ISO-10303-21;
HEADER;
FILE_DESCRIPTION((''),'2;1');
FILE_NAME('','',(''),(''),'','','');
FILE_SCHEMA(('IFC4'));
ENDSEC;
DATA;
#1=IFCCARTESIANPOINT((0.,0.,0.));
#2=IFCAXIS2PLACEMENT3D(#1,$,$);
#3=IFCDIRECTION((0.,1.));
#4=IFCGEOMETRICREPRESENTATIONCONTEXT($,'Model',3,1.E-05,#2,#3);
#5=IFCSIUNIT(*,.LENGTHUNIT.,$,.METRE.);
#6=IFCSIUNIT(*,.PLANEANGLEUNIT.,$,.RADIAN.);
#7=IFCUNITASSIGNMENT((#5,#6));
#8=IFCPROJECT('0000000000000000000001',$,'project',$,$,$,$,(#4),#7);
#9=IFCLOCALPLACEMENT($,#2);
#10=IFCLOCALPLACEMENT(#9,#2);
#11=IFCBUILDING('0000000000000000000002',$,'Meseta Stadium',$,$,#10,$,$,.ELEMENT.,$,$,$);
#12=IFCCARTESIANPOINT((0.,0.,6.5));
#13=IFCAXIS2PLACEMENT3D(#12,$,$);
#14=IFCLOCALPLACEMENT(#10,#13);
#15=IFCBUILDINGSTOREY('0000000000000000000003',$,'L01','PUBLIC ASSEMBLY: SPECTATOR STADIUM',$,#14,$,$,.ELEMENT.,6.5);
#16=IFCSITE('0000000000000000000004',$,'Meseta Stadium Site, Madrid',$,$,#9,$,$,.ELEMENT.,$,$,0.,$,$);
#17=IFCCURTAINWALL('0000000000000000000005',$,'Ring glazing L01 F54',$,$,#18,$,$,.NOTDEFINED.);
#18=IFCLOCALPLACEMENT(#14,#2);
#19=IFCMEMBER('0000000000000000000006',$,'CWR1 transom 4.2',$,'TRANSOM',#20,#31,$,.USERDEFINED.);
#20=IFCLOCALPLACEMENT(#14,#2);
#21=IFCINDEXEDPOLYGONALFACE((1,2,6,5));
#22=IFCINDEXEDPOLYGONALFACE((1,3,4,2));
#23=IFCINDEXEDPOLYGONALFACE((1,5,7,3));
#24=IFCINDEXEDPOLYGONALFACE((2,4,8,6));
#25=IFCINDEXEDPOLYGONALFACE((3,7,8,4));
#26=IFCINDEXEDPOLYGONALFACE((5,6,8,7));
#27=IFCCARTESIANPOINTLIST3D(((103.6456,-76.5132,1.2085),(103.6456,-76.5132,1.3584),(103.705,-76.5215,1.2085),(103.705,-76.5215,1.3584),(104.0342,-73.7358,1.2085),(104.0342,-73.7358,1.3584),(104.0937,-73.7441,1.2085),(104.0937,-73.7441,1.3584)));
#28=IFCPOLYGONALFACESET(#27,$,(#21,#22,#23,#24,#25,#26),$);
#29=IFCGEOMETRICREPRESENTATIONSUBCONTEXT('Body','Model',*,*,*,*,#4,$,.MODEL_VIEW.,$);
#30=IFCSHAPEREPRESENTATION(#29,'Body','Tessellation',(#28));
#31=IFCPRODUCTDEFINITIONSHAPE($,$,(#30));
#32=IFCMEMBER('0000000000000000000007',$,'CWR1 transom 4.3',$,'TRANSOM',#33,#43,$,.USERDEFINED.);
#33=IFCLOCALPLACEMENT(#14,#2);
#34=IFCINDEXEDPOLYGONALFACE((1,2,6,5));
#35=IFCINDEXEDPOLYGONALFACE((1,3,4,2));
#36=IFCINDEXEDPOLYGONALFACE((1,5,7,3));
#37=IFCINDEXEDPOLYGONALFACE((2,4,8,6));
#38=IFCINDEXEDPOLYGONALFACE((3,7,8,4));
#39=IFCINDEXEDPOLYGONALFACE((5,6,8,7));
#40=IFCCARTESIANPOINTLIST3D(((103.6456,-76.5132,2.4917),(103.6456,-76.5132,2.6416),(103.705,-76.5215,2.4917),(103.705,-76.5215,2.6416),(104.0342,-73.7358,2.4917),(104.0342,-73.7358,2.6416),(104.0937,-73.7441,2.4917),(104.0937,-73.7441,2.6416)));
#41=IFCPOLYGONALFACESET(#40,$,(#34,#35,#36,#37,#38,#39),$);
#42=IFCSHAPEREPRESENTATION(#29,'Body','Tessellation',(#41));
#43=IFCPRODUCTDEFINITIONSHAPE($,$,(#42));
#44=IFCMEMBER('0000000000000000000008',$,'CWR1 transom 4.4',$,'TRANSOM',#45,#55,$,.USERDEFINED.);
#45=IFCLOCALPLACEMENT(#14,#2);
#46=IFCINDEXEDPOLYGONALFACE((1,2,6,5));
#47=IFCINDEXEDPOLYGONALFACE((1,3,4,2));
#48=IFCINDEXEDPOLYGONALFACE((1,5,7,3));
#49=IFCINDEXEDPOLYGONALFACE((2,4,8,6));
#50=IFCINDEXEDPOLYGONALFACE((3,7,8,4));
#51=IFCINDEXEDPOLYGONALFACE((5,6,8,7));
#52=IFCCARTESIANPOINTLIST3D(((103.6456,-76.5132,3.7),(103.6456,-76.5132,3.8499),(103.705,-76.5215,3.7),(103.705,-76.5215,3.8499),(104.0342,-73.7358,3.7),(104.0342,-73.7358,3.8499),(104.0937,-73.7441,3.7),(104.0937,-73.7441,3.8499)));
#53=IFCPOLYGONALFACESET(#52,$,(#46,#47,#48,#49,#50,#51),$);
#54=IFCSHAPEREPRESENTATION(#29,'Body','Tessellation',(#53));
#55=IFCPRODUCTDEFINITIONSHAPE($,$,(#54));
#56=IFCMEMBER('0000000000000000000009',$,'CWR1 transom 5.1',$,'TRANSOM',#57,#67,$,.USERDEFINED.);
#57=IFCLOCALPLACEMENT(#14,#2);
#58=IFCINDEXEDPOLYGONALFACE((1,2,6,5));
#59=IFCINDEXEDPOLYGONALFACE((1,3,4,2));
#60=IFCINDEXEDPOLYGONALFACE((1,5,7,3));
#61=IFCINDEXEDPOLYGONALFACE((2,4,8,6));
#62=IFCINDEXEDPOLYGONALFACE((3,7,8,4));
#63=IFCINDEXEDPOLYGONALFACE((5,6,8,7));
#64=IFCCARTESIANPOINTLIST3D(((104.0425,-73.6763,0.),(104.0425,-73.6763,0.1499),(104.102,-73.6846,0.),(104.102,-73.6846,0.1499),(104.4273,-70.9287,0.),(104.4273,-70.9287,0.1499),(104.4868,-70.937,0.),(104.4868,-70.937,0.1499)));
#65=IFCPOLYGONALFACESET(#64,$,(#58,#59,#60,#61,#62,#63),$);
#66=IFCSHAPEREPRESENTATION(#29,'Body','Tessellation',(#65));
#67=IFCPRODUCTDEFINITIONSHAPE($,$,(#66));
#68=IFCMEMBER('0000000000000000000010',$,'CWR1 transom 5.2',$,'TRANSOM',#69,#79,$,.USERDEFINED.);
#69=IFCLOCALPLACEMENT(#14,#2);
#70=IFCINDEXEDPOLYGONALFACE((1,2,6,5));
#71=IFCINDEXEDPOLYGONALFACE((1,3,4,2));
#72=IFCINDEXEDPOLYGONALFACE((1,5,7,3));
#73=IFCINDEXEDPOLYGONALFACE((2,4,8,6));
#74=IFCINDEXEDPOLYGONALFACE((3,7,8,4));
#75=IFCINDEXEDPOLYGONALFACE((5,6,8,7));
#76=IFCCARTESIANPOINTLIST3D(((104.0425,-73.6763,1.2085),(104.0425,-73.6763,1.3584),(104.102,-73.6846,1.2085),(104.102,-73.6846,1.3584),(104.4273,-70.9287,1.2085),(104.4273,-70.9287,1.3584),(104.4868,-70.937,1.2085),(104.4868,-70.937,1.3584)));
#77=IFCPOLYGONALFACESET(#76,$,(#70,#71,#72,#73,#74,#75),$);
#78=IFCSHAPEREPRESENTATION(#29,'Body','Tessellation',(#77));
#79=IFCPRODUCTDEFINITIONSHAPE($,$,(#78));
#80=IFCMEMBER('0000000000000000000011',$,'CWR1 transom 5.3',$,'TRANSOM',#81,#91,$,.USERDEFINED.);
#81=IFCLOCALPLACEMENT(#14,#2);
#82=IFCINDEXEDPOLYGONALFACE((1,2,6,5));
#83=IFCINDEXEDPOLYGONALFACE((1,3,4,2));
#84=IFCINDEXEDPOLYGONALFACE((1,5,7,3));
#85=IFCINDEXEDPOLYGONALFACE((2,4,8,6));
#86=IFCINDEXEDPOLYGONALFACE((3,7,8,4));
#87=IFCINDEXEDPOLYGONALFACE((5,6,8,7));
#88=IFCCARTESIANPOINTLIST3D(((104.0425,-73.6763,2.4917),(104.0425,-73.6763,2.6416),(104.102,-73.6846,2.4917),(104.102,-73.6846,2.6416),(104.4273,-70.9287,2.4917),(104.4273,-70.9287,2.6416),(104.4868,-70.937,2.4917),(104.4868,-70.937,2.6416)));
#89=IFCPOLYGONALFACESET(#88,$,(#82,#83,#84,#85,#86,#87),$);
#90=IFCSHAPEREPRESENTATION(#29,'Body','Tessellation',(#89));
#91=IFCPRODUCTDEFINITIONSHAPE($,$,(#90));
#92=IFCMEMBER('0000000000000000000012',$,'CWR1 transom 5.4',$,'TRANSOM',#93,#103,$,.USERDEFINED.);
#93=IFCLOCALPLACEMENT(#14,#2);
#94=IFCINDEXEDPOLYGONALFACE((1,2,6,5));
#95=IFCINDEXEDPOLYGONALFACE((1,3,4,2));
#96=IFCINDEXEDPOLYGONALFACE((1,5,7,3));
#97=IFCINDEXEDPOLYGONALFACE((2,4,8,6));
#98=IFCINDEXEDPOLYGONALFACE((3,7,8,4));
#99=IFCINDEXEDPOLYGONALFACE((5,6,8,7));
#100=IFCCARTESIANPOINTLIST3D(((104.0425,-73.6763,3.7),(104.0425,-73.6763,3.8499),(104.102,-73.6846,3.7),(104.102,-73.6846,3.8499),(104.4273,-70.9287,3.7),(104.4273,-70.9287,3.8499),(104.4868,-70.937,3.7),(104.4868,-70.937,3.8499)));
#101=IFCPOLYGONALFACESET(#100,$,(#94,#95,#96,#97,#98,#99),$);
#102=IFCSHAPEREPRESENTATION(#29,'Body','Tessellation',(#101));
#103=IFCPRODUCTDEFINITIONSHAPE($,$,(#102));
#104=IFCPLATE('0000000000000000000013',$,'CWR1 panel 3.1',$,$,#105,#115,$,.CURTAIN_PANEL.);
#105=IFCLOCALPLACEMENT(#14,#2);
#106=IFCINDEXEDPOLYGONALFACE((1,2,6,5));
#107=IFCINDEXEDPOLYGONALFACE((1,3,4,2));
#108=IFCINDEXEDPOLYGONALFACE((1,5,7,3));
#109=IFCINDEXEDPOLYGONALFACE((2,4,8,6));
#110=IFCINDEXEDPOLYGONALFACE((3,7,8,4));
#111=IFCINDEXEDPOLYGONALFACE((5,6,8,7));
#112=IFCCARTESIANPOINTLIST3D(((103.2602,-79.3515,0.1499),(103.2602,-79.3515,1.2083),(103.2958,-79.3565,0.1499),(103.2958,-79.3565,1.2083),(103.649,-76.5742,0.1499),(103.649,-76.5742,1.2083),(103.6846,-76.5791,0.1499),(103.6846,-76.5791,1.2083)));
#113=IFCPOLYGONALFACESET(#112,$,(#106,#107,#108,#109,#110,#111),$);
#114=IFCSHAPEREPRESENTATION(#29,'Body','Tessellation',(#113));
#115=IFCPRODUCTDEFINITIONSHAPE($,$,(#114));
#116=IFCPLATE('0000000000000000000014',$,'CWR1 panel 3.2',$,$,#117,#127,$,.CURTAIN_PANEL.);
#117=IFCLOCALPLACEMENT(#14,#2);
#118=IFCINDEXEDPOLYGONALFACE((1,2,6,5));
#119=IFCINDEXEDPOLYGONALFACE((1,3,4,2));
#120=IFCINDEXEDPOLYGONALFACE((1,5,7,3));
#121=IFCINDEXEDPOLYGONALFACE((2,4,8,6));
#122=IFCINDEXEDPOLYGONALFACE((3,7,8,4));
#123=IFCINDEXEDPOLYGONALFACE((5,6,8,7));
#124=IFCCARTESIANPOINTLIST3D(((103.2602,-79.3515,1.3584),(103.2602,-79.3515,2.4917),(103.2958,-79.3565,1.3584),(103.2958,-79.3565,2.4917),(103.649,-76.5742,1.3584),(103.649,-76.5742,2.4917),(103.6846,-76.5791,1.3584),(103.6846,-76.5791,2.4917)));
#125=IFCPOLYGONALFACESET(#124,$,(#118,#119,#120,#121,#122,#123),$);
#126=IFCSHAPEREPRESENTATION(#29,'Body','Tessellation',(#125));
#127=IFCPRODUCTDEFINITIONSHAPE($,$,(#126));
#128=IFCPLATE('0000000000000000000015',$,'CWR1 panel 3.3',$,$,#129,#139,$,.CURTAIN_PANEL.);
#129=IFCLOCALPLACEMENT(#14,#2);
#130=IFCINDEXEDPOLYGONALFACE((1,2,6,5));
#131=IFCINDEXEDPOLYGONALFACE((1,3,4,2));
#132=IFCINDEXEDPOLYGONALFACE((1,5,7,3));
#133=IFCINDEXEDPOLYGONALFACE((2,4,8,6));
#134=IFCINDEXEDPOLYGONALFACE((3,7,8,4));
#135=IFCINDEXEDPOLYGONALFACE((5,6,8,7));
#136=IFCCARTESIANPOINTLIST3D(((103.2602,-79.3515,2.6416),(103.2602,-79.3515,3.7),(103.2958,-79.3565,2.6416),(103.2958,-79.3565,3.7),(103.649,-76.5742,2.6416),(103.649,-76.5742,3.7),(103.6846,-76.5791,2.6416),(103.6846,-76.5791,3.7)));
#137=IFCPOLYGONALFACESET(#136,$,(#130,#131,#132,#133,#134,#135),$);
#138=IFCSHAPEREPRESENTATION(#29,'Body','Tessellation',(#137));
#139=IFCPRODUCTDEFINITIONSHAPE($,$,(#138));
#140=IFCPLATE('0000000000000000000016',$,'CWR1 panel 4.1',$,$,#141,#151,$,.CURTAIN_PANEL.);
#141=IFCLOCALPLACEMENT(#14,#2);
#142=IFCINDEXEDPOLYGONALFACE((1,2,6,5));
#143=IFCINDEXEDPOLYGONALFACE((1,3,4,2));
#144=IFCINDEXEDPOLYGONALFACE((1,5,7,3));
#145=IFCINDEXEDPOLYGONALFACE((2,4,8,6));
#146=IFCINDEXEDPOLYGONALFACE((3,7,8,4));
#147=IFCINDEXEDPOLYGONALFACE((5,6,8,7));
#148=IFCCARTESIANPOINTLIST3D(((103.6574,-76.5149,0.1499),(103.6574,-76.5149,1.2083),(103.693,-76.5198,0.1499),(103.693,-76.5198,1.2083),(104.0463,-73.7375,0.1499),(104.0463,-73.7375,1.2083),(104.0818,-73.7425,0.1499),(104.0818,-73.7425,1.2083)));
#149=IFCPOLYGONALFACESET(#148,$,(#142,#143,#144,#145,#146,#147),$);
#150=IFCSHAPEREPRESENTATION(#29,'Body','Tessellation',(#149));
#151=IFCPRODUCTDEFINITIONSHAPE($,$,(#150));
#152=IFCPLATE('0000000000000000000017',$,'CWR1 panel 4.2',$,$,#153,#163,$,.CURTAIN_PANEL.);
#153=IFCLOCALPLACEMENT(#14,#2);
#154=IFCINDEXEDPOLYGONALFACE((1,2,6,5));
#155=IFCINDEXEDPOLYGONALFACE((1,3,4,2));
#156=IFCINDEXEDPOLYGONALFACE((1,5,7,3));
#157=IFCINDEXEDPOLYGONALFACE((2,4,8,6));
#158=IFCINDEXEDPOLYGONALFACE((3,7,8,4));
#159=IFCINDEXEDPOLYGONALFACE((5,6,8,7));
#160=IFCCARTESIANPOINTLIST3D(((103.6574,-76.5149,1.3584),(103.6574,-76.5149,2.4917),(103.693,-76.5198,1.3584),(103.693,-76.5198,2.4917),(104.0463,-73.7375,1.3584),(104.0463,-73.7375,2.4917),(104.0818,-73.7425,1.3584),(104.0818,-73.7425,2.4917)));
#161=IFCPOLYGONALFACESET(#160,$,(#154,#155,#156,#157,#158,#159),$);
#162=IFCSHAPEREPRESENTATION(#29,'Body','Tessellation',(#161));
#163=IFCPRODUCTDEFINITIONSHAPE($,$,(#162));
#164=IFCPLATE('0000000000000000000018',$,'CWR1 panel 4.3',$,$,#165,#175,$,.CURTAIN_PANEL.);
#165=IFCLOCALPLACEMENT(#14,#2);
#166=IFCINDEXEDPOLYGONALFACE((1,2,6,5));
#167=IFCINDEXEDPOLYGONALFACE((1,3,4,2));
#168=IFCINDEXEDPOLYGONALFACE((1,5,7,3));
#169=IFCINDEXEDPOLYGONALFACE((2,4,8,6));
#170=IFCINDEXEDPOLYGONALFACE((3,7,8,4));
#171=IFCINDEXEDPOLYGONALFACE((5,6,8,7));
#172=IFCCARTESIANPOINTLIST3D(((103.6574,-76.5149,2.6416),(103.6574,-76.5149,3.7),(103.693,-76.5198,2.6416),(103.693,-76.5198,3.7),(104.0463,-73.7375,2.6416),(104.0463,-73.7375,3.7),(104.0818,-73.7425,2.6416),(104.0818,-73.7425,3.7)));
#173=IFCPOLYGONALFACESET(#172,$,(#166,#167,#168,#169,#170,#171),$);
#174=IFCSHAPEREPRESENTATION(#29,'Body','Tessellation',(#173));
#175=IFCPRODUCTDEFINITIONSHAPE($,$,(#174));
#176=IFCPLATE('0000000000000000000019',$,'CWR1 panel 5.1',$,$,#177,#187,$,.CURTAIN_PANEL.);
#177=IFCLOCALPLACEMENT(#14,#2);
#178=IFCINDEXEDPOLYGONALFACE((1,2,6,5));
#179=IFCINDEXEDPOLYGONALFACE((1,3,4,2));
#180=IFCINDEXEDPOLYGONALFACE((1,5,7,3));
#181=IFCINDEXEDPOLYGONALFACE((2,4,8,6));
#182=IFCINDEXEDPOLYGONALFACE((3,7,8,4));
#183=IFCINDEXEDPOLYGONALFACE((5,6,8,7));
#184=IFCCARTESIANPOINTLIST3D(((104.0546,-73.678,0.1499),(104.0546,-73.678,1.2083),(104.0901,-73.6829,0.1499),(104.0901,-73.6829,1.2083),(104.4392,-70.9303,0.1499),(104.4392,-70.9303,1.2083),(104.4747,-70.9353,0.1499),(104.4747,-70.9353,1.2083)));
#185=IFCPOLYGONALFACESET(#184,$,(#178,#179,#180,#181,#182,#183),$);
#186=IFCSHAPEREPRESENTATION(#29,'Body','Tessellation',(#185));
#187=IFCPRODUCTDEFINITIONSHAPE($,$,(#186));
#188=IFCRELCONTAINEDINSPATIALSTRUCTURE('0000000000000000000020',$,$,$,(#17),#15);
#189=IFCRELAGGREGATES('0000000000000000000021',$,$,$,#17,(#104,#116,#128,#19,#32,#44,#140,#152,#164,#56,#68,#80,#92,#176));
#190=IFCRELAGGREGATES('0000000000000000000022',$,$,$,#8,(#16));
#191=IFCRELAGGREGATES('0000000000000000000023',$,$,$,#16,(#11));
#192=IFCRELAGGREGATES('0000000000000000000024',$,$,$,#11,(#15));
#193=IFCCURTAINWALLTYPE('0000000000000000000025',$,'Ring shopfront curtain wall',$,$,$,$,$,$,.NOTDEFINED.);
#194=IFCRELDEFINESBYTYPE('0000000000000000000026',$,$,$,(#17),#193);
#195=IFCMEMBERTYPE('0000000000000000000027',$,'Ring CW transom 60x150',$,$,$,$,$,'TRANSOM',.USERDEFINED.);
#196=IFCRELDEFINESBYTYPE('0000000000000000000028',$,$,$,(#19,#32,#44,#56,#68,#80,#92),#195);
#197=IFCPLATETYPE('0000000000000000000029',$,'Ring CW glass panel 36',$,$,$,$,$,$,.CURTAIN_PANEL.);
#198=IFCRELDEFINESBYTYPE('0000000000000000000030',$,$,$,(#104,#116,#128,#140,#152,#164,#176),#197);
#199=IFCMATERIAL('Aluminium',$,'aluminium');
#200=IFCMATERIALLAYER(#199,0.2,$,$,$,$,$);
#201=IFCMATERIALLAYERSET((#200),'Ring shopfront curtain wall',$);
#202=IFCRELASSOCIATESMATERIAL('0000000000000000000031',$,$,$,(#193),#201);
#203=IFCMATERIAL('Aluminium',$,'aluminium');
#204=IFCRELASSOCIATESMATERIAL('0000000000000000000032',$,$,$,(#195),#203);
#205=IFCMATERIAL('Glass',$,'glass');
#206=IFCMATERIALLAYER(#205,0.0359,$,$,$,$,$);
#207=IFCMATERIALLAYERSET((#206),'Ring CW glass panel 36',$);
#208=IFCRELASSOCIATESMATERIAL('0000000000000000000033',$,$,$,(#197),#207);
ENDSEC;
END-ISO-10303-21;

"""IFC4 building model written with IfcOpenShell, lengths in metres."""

from ifc_helpers import new_model, si_unit, direction, frame, origin, origin_2d, place, context, subcontext, project, spatial, rectangle, extrude, material, layer, layer_set, material_profile, profile_set, type_object, element, aggregate, save


model = new_model("IFC4")

# Units and contexts
model_context = context("Model", 3, precision=1e-05, world=origin(), true_north=direction((0.0, 1.0)))
body_context = subcontext(model_context, "Body", "Model", "MODEL_VIEW")
ifc_project = project(units=[si_unit("LENGTHUNIT", "METRE"), si_unit("PLANEANGLEUNIT", "RADIAN")], contexts=[model_context])

# Site, building, storey
site_placement = place(None, origin())
site = spatial("IfcSite", under=ifc_project, at=site_placement, Name="Meseta Stadium Site, Madrid", CompositionType="ELEMENT", RefElevation=0.0)
building_placement = place(site_placement, origin())
building = spatial("IfcBuilding", under=site, at=building_placement, Name="Meseta Stadium", CompositionType="ELEMENT")
storey_placement = place(building_placement, frame((0.0, 0.0, 6.5)))
storey = spatial("IfcBuildingStorey", under=building, at=storey_placement, Name="L01", Description="PUBLIC ASSEMBLY: SPECTATOR STADIUM", CompositionType="ELEMENT", Elevation=6.5)

# Curtain wall, members, plates
ifc_material_1 = material(Name="Aluminium", Category="aluminium")
ifc_layer_1 = layer(ifc_material_1, 0.2)
ifc_layer_set_1 = layer_set([ifc_layer_1], Name="Ring shopfront curtain wall")
curtain_wall_type = type_object("IfcCurtainWallType", Name="Ring shopfront curtain wall", PredefinedType="NOTDEFINED", material=ifc_layer_set_1)
curtain_wall_placement = place(storey_placement, origin())
curtain_wall = element("IfcCurtainWall", 1, at=curtain_wall_placement, inside=storey, type_object=curtain_wall_type, Name="Ring glazing L01 F54", PredefinedType="NOTDEFINED")
ifc_material_2 = material(Name="Aluminium", Category="aluminium")
ifc_material_profile_1 = material_profile(ifc_material_2, rectangle(XDim=0.0601, YDim=0.1499, at=origin_2d()), Name="CW 60x150")
ifc_profile_set_1 = profile_set([ifc_material_profile_1], Name="Aluminium")
member_type_1 = type_object("IfcMemberType", Name="Ring CW transom 60x150", ElementType="TRANSOM", PredefinedType="USERDEFINED", material=ifc_profile_set_1)
member_1_placement = place(storey_placement, frame((103.6753, -76.5173, 1.2834), z_axis=(0.138593, 0.990349, 0.0), x_axis=(-0.990349, 0.138593, 0.0)))
member_1 = element("IfcMember", 2, at=member_1_placement, type_object=member_type_1, Name="CWR1 transom 4.2", ObjectType="TRANSOM", PredefinedType="USERDEFINED", context=body_context, shape_type="SweptSolid", body=[
    extrude(rectangle(XDim=0.0601, YDim=0.1499, at=origin_2d()), origin(), (0.0, 0.0, 1.0), 2.8044),
])
member_2_placement = place(storey_placement, frame((103.6753, -76.5173, 2.5667), z_axis=(0.138593, 0.990349, 0.0), x_axis=(-0.990349, 0.138593, 0.0)))
member_2 = element("IfcMember", 3, at=member_2_placement, type_object=member_type_1, Name="CWR1 transom 4.3", ObjectType="TRANSOM", PredefinedType="USERDEFINED", context=body_context, shape_type="SweptSolid", body=[
    extrude(rectangle(XDim=0.0601, YDim=0.1499, at=origin_2d()), origin(), (0.0, 0.0, 1.0), 2.8044),
])
member_3_placement = place(storey_placement, frame((103.6753, -76.5173, 3.7749), z_axis=(0.138593, 0.990349, 0.0), x_axis=(-0.990349, 0.138593, 0.0)))
member_3 = element("IfcMember", 4, at=member_3_placement, type_object=member_type_1, Name="CWR1 transom 4.4", ObjectType="TRANSOM", PredefinedType="USERDEFINED", context=body_context, shape_type="SweptSolid", body=[
    extrude(rectangle(XDim=0.0601, YDim=0.1499, at=origin_2d()), origin(), (0.0, 0.0, 1.0), 2.8044),
])
member_4_placement = place(storey_placement, frame((104.0723, -73.6804, 0.075), z_axis=(0.138686, 0.990336, 0.0), x_axis=(-0.990336, 0.138686, 0.0)))
member_4 = element("IfcMember", 5, at=member_4_placement, type_object=member_type_1, Name="CWR1 transom 5.1", ObjectType="TRANSOM", PredefinedType="USERDEFINED", context=body_context, shape_type="SweptSolid", body=[
    extrude(rectangle(XDim=0.0601, YDim=0.1499, at=origin_2d()), origin(), (0.0, 0.0, 1.0), 2.7744),
])
member_5_placement = place(storey_placement, frame((104.0723, -73.6804, 1.2834), z_axis=(0.138686, 0.990336, 0.0), x_axis=(-0.990336, 0.138686, 0.0)))
member_5 = element("IfcMember", 6, at=member_5_placement, type_object=member_type_1, Name="CWR1 transom 5.2", ObjectType="TRANSOM", PredefinedType="USERDEFINED", context=body_context, shape_type="SweptSolid", body=[
    extrude(rectangle(XDim=0.0601, YDim=0.1499, at=origin_2d()), origin(), (0.0, 0.0, 1.0), 2.7744),
])
member_6_placement = place(storey_placement, frame((104.0723, -73.6804, 2.5667), z_axis=(0.138686, 0.990336, 0.0), x_axis=(-0.990336, 0.138686, 0.0)))
member_6 = element("IfcMember", 7, at=member_6_placement, type_object=member_type_1, Name="CWR1 transom 5.3", ObjectType="TRANSOM", PredefinedType="USERDEFINED", context=body_context, shape_type="SweptSolid", body=[
    extrude(rectangle(XDim=0.0601, YDim=0.1499, at=origin_2d()), origin(), (0.0, 0.0, 1.0), 2.7744),
])
member_7_placement = place(storey_placement, frame((104.0723, -73.6804, 3.7749), z_axis=(0.138686, 0.990336, 0.0), x_axis=(-0.990336, 0.138686, 0.0)))
member_7 = element("IfcMember", 8, at=member_7_placement, type_object=member_type_1, Name="CWR1 transom 5.4", ObjectType="TRANSOM", PredefinedType="USERDEFINED", context=body_context, shape_type="SweptSolid", body=[
    extrude(rectangle(XDim=0.0601, YDim=0.1499, at=origin_2d()), origin(), (0.0, 0.0, 1.0), 2.7744),
])
ifc_material_3 = material(Name="Glass", Category="glass")
ifc_layer_2 = layer(ifc_material_3, 0.0359)
ifc_layer_set_2 = layer_set([ifc_layer_2], Name="Ring CW glass panel 36")
plate_type_1 = type_object("IfcPlateType", Name="Ring CW glass panel 36", PredefinedType="CURTAIN_PANEL", material=ifc_layer_set_2)
plate_1_placement = place(storey_placement, frame((103.4724, -77.9653, 0.1499), z_axis=(0.0, 0.0, 1.0), x_axis=(0.138643, 0.990342, 0.0)))
plate_1 = element("IfcPlate", 9, at=plate_1_placement, type_object=plate_type_1, Name="CWR1 panel 3.1", PredefinedType="CURTAIN_PANEL", context=body_context, shape_type="SweptSolid", body=[
    extrude(rectangle(XDim=2.8044, YDim=0.0359, at=origin_2d()), origin(), (0.0, 0.0, 1.0), 1.0583),
])
plate_2_placement = place(storey_placement, frame((103.4724, -77.9653, 1.3584), z_axis=(0.0, 0.0, 1.0), x_axis=(0.138643, 0.990342, 0.0)))
plate_2 = element("IfcPlate", 10, at=plate_2_placement, type_object=plate_type_1, Name="CWR1 panel 3.2", PredefinedType="CURTAIN_PANEL", context=body_context, shape_type="SweptSolid", body=[
    extrude(rectangle(XDim=2.8044, YDim=0.0359, at=origin_2d()), origin(), (0.0, 0.0, 1.0), 1.1333),
])
plate_3_placement = place(storey_placement, frame((103.4724, -77.9653, 2.6416), z_axis=(0.0, 0.0, 1.0), x_axis=(0.138643, 0.990342, 0.0)))
plate_3 = element("IfcPlate", 11, at=plate_3_placement, type_object=plate_type_1, Name="CWR1 panel 3.3", PredefinedType="CURTAIN_PANEL", context=body_context, shape_type="SweptSolid", body=[
    extrude(rectangle(XDim=2.8044, YDim=0.0359, at=origin_2d()), origin(), (0.0, 0.0, 1.0), 1.0583),
])
plate_4_placement = place(storey_placement, frame((103.8696, -75.1287, 0.1499), z_axis=(0.0, 0.0, 1.0), x_axis=(0.138643, 0.990342, 0.0)))
plate_4 = element("IfcPlate", 12, at=plate_4_placement, type_object=plate_type_1, Name="CWR1 panel 4.1", PredefinedType="CURTAIN_PANEL", context=body_context, shape_type="SweptSolid", body=[
    extrude(rectangle(XDim=2.8044, YDim=0.0359, at=origin_2d()), origin(), (0.0, 0.0, 1.0), 1.0583),
])
plate_5_placement = place(storey_placement, frame((103.8696, -75.1287, 1.3584), z_axis=(0.0, 0.0, 1.0), x_axis=(0.138643, 0.990342, 0.0)))
plate_5 = element("IfcPlate", 13, at=plate_5_placement, type_object=plate_type_1, Name="CWR1 panel 4.2", PredefinedType="CURTAIN_PANEL", context=body_context, shape_type="SweptSolid", body=[
    extrude(rectangle(XDim=2.8044, YDim=0.0359, at=origin_2d()), origin(), (0.0, 0.0, 1.0), 1.1333),
])
plate_6_placement = place(storey_placement, frame((103.8696, -75.1287, 2.6416), z_axis=(0.0, 0.0, 1.0), x_axis=(0.138643, 0.990342, 0.0)))
plate_6 = element("IfcPlate", 14, at=plate_6_placement, type_object=plate_type_1, Name="CWR1 panel 4.3", PredefinedType="CURTAIN_PANEL", context=body_context, shape_type="SweptSolid", body=[
    extrude(rectangle(XDim=2.8044, YDim=0.0359, at=origin_2d()), origin(), (0.0, 0.0, 1.0), 1.0583),
])
plate_7_placement = place(storey_placement, frame((104.2646, -72.3066, 0.1499), z_axis=(0.0, 0.0, 1.0), x_axis=(0.138643, 0.990342, 0.0)))
plate_7 = element("IfcPlate", 15, at=plate_7_placement, type_object=plate_type_1, Name="CWR1 panel 5.1", PredefinedType="CURTAIN_PANEL", context=body_context, shape_type="SweptSolid", body=[
    extrude(rectangle(XDim=2.7744, YDim=0.0359, at=origin_2d()), origin(), (0.0, 0.0, 1.0), 1.0583),
])
aggregate(curtain_wall, [plate_1, plate_2, plate_3, member_1, member_2, member_3, plate_4, plate_5, plate_6, member_4, member_5, member_6, member_7, plate_7])

save(model, "model.ifc")
